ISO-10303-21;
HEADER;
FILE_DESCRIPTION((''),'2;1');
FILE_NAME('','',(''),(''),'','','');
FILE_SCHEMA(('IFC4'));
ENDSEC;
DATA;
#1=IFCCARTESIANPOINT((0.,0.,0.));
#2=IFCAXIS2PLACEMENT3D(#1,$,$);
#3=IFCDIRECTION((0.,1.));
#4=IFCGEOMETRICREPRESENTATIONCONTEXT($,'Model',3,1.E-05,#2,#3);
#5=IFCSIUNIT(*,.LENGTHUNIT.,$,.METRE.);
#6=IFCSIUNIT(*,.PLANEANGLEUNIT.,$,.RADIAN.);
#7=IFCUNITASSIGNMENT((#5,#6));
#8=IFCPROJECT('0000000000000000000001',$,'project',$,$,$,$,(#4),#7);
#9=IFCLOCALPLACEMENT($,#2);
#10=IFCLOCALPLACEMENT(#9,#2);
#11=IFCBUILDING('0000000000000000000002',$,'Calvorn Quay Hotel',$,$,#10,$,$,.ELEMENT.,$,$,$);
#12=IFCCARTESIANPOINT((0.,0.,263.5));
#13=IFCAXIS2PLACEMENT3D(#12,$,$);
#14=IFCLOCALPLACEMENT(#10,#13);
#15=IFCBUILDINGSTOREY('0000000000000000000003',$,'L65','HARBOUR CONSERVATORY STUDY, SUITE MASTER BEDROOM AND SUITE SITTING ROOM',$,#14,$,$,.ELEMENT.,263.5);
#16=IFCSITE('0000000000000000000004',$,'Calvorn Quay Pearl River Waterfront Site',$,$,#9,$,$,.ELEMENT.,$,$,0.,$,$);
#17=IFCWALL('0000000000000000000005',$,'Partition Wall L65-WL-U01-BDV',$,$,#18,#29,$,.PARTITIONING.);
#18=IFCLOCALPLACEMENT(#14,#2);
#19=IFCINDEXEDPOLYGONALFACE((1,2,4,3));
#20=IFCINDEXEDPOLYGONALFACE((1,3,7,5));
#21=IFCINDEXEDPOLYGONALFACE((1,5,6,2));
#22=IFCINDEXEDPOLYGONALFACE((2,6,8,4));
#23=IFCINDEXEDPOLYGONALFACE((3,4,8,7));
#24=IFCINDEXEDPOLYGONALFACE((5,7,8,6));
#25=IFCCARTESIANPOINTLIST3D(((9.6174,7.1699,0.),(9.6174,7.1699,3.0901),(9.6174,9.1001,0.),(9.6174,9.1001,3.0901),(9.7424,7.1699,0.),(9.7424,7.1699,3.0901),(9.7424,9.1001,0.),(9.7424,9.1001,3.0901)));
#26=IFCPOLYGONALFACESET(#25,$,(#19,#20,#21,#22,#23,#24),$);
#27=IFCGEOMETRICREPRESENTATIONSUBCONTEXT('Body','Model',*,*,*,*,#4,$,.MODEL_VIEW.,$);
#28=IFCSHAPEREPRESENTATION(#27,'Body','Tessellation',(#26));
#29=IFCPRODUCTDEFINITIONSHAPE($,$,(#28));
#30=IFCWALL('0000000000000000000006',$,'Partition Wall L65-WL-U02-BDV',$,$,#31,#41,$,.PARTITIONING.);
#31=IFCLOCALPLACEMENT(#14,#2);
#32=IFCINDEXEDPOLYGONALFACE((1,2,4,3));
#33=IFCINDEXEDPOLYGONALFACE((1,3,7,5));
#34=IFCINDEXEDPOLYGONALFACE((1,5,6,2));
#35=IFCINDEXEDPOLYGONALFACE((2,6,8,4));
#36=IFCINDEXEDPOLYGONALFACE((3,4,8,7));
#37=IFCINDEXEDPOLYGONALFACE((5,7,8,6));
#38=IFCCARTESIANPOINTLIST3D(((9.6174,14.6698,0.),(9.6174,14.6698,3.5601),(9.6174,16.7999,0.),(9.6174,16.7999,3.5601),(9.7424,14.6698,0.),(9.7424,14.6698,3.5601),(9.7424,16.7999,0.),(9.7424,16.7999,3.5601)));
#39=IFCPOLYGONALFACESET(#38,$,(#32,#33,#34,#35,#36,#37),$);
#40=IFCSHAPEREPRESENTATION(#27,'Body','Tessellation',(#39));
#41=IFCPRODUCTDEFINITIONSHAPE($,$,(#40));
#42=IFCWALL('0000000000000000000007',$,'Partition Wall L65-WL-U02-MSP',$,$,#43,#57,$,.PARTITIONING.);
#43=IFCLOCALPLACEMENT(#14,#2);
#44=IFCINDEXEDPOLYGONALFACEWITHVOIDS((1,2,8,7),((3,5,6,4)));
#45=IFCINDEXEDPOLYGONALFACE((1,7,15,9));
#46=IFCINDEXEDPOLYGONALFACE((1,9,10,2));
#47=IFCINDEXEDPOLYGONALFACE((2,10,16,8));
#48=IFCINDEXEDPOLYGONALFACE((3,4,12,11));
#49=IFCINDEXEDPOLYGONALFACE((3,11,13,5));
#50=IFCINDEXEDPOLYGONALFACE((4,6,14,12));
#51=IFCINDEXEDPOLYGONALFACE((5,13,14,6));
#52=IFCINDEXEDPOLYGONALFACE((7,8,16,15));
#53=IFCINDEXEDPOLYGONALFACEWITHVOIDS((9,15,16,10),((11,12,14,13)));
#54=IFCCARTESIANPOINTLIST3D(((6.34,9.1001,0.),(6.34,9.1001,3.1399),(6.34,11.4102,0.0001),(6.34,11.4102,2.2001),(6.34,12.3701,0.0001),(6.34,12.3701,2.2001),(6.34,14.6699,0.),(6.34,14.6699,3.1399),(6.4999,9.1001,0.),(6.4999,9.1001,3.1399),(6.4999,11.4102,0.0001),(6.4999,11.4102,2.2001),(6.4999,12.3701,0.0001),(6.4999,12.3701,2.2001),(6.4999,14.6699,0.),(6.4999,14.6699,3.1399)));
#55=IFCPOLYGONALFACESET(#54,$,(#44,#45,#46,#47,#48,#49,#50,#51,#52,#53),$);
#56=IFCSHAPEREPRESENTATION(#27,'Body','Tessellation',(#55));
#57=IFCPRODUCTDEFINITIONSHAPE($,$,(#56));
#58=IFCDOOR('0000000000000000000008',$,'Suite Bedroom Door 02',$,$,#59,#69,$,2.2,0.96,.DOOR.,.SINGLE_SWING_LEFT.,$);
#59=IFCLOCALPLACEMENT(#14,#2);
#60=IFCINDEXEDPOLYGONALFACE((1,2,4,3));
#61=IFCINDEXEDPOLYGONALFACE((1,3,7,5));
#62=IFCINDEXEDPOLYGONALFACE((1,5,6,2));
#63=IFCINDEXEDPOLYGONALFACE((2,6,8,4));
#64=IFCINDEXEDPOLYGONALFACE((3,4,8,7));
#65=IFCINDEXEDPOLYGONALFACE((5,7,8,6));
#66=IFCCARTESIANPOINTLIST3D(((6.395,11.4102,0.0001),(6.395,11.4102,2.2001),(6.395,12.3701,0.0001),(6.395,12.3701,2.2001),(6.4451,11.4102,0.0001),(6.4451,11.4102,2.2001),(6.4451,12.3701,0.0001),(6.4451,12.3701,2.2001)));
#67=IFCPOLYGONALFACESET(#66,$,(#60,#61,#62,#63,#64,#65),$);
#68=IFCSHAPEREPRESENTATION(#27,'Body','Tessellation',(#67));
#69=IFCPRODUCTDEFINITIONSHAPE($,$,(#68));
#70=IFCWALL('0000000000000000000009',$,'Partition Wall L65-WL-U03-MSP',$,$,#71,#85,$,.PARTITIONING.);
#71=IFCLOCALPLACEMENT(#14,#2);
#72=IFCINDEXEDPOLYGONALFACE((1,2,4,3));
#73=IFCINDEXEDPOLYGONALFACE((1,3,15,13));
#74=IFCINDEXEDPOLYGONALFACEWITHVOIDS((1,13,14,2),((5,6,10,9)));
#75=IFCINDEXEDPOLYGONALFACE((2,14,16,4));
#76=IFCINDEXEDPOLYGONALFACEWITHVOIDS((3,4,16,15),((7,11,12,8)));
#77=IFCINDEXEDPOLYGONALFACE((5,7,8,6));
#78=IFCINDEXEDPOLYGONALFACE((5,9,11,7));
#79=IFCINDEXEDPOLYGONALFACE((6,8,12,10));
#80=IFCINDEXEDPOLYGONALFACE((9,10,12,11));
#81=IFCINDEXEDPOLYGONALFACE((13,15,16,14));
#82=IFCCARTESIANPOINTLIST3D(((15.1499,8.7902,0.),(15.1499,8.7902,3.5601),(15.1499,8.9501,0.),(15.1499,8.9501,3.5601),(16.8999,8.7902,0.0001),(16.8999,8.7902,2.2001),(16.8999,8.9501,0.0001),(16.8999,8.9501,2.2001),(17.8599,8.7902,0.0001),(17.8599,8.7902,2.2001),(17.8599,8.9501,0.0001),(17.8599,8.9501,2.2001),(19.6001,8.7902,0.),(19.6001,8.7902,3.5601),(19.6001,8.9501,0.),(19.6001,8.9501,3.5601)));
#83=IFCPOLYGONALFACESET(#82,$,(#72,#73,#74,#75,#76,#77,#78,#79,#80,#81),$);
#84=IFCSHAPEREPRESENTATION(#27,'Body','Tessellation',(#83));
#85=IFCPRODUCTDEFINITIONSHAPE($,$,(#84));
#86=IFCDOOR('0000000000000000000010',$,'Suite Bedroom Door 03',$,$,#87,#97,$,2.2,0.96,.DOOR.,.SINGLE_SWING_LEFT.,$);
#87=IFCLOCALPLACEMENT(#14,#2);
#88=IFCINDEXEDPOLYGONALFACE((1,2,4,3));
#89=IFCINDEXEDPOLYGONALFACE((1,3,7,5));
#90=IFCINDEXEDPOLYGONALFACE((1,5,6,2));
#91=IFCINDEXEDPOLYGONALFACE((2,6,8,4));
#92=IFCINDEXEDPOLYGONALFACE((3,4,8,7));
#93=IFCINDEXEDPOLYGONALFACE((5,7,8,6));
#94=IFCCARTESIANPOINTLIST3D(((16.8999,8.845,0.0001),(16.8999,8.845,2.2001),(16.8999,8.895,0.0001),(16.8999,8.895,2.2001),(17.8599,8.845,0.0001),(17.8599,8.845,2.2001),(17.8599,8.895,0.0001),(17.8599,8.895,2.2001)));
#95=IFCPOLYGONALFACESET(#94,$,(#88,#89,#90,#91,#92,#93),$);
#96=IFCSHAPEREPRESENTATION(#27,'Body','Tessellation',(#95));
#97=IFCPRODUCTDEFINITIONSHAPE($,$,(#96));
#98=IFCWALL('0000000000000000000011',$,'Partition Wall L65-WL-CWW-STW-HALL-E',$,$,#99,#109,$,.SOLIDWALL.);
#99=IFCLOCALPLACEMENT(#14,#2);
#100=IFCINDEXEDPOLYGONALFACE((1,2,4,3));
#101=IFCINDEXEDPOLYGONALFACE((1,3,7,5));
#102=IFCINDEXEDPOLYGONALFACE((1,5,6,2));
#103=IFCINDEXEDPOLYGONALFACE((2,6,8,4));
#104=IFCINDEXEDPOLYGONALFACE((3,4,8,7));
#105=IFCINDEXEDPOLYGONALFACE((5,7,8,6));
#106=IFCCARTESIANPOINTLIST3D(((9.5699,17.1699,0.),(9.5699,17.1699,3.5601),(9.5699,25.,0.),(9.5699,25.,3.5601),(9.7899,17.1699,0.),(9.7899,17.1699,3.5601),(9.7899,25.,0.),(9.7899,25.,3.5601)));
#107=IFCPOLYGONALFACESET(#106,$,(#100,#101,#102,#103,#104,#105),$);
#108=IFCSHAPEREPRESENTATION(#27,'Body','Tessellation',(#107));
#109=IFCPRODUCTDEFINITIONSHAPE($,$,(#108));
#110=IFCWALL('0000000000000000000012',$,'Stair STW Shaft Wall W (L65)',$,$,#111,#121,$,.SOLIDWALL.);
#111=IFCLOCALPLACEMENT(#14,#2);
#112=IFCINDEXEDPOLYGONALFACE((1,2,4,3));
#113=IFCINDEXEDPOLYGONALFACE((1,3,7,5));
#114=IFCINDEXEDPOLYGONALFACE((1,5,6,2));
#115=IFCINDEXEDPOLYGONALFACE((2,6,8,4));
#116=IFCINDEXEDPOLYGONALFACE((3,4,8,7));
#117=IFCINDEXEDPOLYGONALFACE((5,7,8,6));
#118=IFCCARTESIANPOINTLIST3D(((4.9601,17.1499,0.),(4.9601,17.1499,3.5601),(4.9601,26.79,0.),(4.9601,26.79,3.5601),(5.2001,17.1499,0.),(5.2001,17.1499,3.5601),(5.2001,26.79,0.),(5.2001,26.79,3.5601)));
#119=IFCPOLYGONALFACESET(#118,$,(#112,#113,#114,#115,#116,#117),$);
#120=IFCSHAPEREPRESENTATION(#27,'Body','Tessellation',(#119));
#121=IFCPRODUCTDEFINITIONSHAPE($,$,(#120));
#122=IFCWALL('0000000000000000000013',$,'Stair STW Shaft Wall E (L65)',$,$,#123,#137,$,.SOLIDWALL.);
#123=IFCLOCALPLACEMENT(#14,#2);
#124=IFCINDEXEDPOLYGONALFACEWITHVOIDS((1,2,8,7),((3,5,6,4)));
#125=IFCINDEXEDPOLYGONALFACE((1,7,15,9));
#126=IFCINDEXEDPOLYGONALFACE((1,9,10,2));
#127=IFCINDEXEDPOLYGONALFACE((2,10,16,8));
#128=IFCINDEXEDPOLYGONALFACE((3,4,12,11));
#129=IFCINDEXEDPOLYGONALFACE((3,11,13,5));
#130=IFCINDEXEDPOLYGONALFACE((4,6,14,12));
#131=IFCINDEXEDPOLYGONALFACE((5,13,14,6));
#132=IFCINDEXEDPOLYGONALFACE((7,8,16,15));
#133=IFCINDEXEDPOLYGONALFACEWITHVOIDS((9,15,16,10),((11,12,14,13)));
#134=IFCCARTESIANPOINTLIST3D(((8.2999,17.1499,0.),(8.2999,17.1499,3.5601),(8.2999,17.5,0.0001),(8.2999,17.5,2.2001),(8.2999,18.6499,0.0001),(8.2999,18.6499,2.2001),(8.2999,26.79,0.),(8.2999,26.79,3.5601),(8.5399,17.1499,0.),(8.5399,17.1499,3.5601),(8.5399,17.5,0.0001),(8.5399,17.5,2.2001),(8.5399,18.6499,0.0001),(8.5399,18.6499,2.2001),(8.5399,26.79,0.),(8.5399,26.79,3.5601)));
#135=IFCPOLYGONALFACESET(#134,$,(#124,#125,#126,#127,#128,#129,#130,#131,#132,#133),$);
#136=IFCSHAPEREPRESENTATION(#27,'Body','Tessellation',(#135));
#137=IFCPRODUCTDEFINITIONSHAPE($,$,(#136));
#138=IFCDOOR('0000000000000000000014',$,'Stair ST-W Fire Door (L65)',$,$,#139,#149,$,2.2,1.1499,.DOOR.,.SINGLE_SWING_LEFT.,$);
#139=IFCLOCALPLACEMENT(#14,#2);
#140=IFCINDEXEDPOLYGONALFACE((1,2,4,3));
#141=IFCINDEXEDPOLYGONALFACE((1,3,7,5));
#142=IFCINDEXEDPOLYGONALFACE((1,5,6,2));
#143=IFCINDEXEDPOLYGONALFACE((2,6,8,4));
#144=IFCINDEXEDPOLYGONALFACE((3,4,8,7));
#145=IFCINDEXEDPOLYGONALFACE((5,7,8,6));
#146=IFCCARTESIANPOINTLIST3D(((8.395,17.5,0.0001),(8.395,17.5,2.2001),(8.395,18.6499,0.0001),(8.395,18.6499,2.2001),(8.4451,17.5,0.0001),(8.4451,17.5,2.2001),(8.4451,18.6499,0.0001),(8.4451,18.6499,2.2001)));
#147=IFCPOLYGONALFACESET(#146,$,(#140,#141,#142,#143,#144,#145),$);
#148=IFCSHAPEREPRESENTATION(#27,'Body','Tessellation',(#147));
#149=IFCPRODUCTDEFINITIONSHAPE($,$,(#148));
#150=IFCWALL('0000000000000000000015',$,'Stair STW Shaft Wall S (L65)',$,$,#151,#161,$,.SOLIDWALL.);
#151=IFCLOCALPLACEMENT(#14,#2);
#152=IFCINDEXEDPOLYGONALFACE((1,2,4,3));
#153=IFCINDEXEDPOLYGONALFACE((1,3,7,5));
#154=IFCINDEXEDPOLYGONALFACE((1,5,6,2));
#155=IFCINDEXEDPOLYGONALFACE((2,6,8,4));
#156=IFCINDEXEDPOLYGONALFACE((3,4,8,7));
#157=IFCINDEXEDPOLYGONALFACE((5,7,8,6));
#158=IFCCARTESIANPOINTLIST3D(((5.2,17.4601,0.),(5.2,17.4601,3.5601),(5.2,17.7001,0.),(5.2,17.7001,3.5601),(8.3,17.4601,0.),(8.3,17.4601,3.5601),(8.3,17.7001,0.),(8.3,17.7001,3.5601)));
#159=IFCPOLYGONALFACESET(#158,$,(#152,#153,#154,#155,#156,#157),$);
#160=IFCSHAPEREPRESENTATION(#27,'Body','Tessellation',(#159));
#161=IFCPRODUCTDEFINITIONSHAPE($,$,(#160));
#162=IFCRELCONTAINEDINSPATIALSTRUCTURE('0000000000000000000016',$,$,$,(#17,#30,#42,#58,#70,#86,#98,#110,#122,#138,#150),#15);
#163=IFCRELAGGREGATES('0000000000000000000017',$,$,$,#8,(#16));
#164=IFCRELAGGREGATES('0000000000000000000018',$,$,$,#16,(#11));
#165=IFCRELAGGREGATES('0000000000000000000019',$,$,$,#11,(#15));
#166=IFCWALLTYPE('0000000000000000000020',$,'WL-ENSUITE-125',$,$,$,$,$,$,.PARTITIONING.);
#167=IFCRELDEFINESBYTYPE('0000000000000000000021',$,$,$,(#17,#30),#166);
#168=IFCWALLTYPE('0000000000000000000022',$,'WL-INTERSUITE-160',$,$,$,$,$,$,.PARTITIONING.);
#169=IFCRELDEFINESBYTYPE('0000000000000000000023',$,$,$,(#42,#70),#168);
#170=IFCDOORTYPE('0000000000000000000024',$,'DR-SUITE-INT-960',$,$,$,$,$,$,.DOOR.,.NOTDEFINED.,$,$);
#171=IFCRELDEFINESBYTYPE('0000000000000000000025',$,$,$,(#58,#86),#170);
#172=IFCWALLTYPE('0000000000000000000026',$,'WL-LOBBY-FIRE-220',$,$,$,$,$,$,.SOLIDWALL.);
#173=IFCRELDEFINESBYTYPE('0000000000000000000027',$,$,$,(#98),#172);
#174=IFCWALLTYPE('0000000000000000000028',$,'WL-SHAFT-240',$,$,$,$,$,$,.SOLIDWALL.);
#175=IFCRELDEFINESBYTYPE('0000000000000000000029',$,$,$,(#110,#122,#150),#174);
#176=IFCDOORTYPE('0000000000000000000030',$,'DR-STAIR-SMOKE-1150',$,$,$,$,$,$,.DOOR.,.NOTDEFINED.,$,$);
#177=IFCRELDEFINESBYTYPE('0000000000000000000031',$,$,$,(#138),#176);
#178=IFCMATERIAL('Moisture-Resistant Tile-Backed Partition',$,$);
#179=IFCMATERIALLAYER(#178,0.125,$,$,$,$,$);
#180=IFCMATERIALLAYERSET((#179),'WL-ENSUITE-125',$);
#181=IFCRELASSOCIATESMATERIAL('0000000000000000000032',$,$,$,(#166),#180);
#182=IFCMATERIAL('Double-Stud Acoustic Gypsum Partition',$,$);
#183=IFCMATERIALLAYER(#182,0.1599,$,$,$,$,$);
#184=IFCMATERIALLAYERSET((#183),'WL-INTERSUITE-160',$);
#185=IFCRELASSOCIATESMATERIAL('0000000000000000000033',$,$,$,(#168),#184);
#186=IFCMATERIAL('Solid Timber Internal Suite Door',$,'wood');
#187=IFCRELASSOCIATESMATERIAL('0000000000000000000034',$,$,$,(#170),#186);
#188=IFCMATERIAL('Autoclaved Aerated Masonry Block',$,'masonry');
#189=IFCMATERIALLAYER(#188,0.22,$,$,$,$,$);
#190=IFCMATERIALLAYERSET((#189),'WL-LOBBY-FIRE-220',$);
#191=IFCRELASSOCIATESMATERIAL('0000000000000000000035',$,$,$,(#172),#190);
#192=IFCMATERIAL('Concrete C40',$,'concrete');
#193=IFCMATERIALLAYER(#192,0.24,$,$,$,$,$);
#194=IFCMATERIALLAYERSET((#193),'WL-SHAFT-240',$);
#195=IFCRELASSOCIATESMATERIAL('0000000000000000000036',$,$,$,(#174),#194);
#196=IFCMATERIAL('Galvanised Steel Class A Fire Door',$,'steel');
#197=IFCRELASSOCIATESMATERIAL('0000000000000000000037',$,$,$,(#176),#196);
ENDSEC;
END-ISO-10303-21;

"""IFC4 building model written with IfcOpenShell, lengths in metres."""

from ifc_helpers import new_model, si_unit, direction, frame, frame_2d, origin, place, context, subcontext, project, spatial, rectangle, extrude, material, layer, layer_set, type_object, element, fill, save


model = new_model("IFC4")

# Units and contexts
model_context = context("Model", 3, precision=1e-05, world=origin(), true_north=direction((0.0, 1.0)))
body_context = subcontext(model_context, "Body", "Model", "MODEL_VIEW")
ifc_project = project(units=[si_unit("LENGTHUNIT", "METRE"), si_unit("PLANEANGLEUNIT", "RADIAN")], contexts=[model_context])

# Site, building, storey
site_placement = place(None, origin())
site = spatial("IfcSite", under=ifc_project, at=site_placement, Name="Calvorn Quay Pearl River Waterfront Site", CompositionType="ELEMENT", RefElevation=0.0)
building_placement = place(site_placement, origin())
building = spatial("IfcBuilding", under=site, at=building_placement, Name="Calvorn Quay Hotel", CompositionType="ELEMENT")
storey_placement = place(building_placement, frame((0.0, 0.0, 263.5)))
storey = spatial("IfcBuildingStorey", under=building, at=storey_placement, Name="L65", Description="HARBOUR CONSERVATORY STUDY, SUITE MASTER BEDROOM AND SUITE SITTING ROOM", CompositionType="ELEMENT", Elevation=263.5)

# Walls
ifc_material_1 = material(Name="Moisture-Resistant Tile-Backed Partition")
ifc_layer_1 = layer(ifc_material_1, 0.125)
ifc_layer_set_1 = layer_set([ifc_layer_1], Name="WL-ENSUITE-125")
wall_type_1 = type_object("IfcWallType", Name="WL-ENSUITE-125", PredefinedType="PARTITIONING", material=ifc_layer_set_1)
wall_1_placement = place(storey_placement, frame((9.6799, 7.1699, 0.0), z_axis=(0.0, 0.0, 1.0), x_axis=(0.0, 1.0, 0.0)))
element("IfcWall", 1, at=wall_1_placement, inside=storey, type_object=wall_type_1, Name="Partition Wall L65-WL-U01-BDV", PredefinedType="PARTITIONING", context=body_context, shape_type="SweptSolid", body=[
    extrude(rectangle(XDim=1.9302, YDim=0.125, at=frame_2d((0.9651, 0.0))), origin(), (0.0, 0.0, 1.0), 3.0901),
])
wall_2_placement = place(storey_placement, frame((9.6799, 14.6699, 0.0), z_axis=(0.0, 0.0, 1.0), x_axis=(0.0, 1.0, 0.0)))
element("IfcWall", 2, at=wall_2_placement, inside=storey, type_object=wall_type_1, Name="Partition Wall L65-WL-U02-BDV", PredefinedType="PARTITIONING", context=body_context, shape_type="SweptSolid", body=[
    extrude(rectangle(XDim=2.1301, YDim=0.125, at=frame_2d((1.0649, 0.0))), origin(), (0.0, 0.0, 1.0), 3.5601),
])

# Walls, openings, doors
ifc_material_2 = material(Name="Double-Stud Acoustic Gypsum Partition")
ifc_layer_2 = layer(ifc_material_2, 0.1599)
ifc_layer_set_2 = layer_set([ifc_layer_2], Name="WL-INTERSUITE-160")
wall_type_2 = type_object("IfcWallType", Name="WL-INTERSUITE-160", PredefinedType="PARTITIONING", material=ifc_layer_set_2)
wall_3_placement = place(storey_placement, frame((6.4199, 9.1001, 0.0), z_axis=(0.0, 0.0, 1.0), x_axis=(0.0, 1.0, 0.0)))
wall_3 = element("IfcWall", 3, at=wall_3_placement, inside=storey, type_object=wall_type_2, Name="Partition Wall L65-WL-U02-MSP", PredefinedType="PARTITIONING", context=body_context, shape_type="SweptSolid", body=[
    extrude(rectangle(XDim=5.5698, YDim=0.1599, at=frame_2d((2.7849, 0.0))), origin(), (0.0, 0.0, 1.0), 3.1399),
])
opening_1_placement = place(wall_3_placement, frame((2.3101, 0.0, 0.0)))
opening_1 = element("IfcOpeningElement", 4, at=opening_1_placement, cuts=wall_3, PredefinedType="OPENING", context=body_context, shape_type="SweptSolid", body=[
    extrude(rectangle(XDim=0.96, YDim=2.2, at=frame_2d((0.48, 1.1001))), frame((0.0, 0.0898, 0.0), z_axis=(0.0, -1.0, 0.0), x_axis=(1.0, 0.0, 0.0)), (0.0, 0.0, 1.0), 0.1799),
])
ifc_material_3 = material(Name="Solid Timber Internal Suite Door", Category="wood")
door_type_1 = type_object("IfcDoorType", Name="DR-SUITE-INT-960", OperationType="NOTDEFINED", PredefinedType="DOOR", material=ifc_material_3)
door_1_placement = place(opening_1_placement, origin())
door_1 = element("IfcDoor", 5, at=door_1_placement, inside=storey, type_object=door_type_1, Name="Suite Bedroom Door 02", OperationType="SINGLE_SWING_LEFT", OverallHeight=2.2, OverallWidth=0.96, PredefinedType="DOOR", context=body_context, shape_type="SweptSolid", body=[
    extrude(rectangle(XDim=0.96, YDim=2.2, at=frame_2d((0.48, 1.1001))), frame((0.0, 0.0249, 0.0), z_axis=(0.0, -1.0, 0.0), x_axis=(1.0, 0.0, 0.0)), (0.0, 0.0, 1.0), 0.05),
])
fill(opening_1, door_1)
wall_4_placement = place(storey_placement, frame((15.1499, 8.8701, 0.0), z_axis=(0.0, 0.0, 1.0), x_axis=(1.0, 0.0, 0.0)))
wall_4 = element("IfcWall", 6, at=wall_4_placement, inside=storey, type_object=wall_type_2, Name="Partition Wall L65-WL-U03-MSP", PredefinedType="PARTITIONING", context=body_context, shape_type="SweptSolid", body=[
    extrude(rectangle(XDim=4.4502, YDim=0.1599, at=frame_2d((2.2251, 0.0))), origin(), (0.0, 0.0, 1.0), 3.5601),
])
opening_2_placement = place(wall_4_placement, frame((1.75, 0.0, 0.0)))
opening_2 = element("IfcOpeningElement", 7, at=opening_2_placement, cuts=wall_4, PredefinedType="OPENING", context=body_context, shape_type="SweptSolid", body=[
    extrude(rectangle(XDim=0.96, YDim=2.2, at=frame_2d((0.48, 1.1001))), frame((0.0, 0.0898, 0.0), z_axis=(0.0, -1.0, 0.0), x_axis=(1.0, 0.0, 0.0)), (0.0, 0.0, 1.0), 0.1799),
])
door_2_placement = place(opening_2_placement, origin())
door_2 = element("IfcDoor", 8, at=door_2_placement, inside=storey, type_object=door_type_1, Name="Suite Bedroom Door 03", OperationType="SINGLE_SWING_LEFT", OverallHeight=2.2, OverallWidth=0.96, PredefinedType="DOOR", context=body_context, shape_type="SweptSolid", body=[
    extrude(rectangle(XDim=0.96, YDim=2.2, at=frame_2d((0.48, 1.1001))), frame((0.0, 0.0249, 0.0), z_axis=(0.0, -1.0, 0.0), x_axis=(1.0, 0.0, 0.0)), (0.0, 0.0, 1.0), 0.05),
])
fill(opening_2, door_2)

# Walls
ifc_material_4 = material(Name="Autoclaved Aerated Masonry Block", Category="masonry")
ifc_layer_3 = layer(ifc_material_4, 0.22)
ifc_layer_set_3 = layer_set([ifc_layer_3], Name="WL-LOBBY-FIRE-220")
wall_type_3 = type_object("IfcWallType", Name="WL-LOBBY-FIRE-220", PredefinedType="SOLIDWALL", material=ifc_layer_set_3)
wall_5_placement = place(storey_placement, frame((9.6799, 17.1699, 0.0), z_axis=(0.0, 0.0, 1.0), x_axis=(0.0, 1.0, 0.0)))
element("IfcWall", 9, at=wall_5_placement, inside=storey, type_object=wall_type_3, Name="Partition Wall L65-WL-CWW-STW-HALL-E", PredefinedType="SOLIDWALL", context=body_context, shape_type="SweptSolid", body=[
    extrude(rectangle(XDim=7.8301, YDim=0.22, at=frame_2d((3.915, 0.0))), origin(), (0.0, 0.0, 1.0), 3.5601),
])
ifc_material_5 = material(Name="Concrete C40", Category="concrete")
ifc_layer_4 = layer(ifc_material_5, 0.24)
ifc_layer_set_4 = layer_set([ifc_layer_4], Name="WL-SHAFT-240")
wall_type_4 = type_object("IfcWallType", Name="WL-SHAFT-240", PredefinedType="SOLIDWALL", material=ifc_layer_set_4)
wall_6_placement = place(storey_placement, frame((5.0801, 17.1499, 0.0), z_axis=(0.0, 0.0, 1.0), x_axis=(0.0, 1.0, 0.0)))
element("IfcWall", 10, at=wall_6_placement, inside=storey, type_object=wall_type_4, Name="Stair STW Shaft Wall W (L65)", PredefinedType="SOLIDWALL", context=body_context, shape_type="SweptSolid", body=[
    extrude(rectangle(XDim=9.6401, YDim=0.24, at=frame_2d((4.8201, 0.0))), origin(), (0.0, 0.0, 1.0), 3.5601),
])

# Wall, opening, door
wall_7_placement = place(storey_placement, frame((8.4199, 17.1499, 0.0), z_axis=(0.0, 0.0, 1.0), x_axis=(0.0, 1.0, 0.0)))
wall_7 = element("IfcWall", 11, at=wall_7_placement, inside=storey, type_object=wall_type_4, Name="Stair STW Shaft Wall E (L65)", PredefinedType="SOLIDWALL", context=body_context, shape_type="SweptSolid", body=[
    extrude(rectangle(XDim=9.6401, YDim=0.24, at=frame_2d((4.8201, 0.0))), origin(), (0.0, 0.0, 1.0), 3.5601),
])
opening_3_placement = place(wall_7_placement, frame((0.3501, 0.0, 0.0)))
opening_3 = element("IfcOpeningElement", 12, at=opening_3_placement, cuts=wall_7, PredefinedType="OPENING", context=body_context, shape_type="SweptSolid", body=[
    extrude(rectangle(XDim=1.1499, YDim=2.2, at=frame_2d((0.575, 1.1001))), frame((0.0, 0.1299, 0.0), z_axis=(0.0, -1.0, 0.0), x_axis=(1.0, 0.0, 0.0)), (0.0, 0.0, 1.0), 0.26),
])
ifc_material_6 = material(Name="Galvanised Steel Class A Fire Door", Category="steel")
door_type_2 = type_object("IfcDoorType", Name="DR-STAIR-SMOKE-1150", OperationType="NOTDEFINED", PredefinedType="DOOR", material=ifc_material_6)
door_3_placement = place(opening_3_placement, origin())
door_3 = element("IfcDoor", 13, at=door_3_placement, inside=storey, type_object=door_type_2, Name="Stair ST-W Fire Door (L65)", OperationType="SINGLE_SWING_LEFT", OverallHeight=2.2, OverallWidth=1.1499, PredefinedType="DOOR", context=body_context, shape_type="SweptSolid", body=[
    extrude(rectangle(XDim=1.1499, YDim=2.2, at=frame_2d((0.575, 1.1001))), frame((0.0, 0.0249, 0.0), z_axis=(0.0, -1.0, 0.0), x_axis=(1.0, 0.0, 0.0)), (0.0, 0.0, 1.0), 0.05),
])
fill(opening_3, door_3)

# Wall
wall_8_placement = place(storey_placement, frame((5.2, 17.5801, 0.0), z_axis=(0.0, 0.0, 1.0), x_axis=(1.0, 0.0, 0.0)))
element("IfcWall", 14, at=wall_8_placement, inside=storey, type_object=wall_type_4, Name="Stair STW Shaft Wall S (L65)", PredefinedType="SOLIDWALL", context=body_context, shape_type="SweptSolid", body=[
    extrude(rectangle(XDim=3.1001, YDim=0.24, at=frame_2d((1.55, 0.0))), origin(), (0.0, 0.0, 1.0), 3.5601),
])

save(model, "model.ifc")
